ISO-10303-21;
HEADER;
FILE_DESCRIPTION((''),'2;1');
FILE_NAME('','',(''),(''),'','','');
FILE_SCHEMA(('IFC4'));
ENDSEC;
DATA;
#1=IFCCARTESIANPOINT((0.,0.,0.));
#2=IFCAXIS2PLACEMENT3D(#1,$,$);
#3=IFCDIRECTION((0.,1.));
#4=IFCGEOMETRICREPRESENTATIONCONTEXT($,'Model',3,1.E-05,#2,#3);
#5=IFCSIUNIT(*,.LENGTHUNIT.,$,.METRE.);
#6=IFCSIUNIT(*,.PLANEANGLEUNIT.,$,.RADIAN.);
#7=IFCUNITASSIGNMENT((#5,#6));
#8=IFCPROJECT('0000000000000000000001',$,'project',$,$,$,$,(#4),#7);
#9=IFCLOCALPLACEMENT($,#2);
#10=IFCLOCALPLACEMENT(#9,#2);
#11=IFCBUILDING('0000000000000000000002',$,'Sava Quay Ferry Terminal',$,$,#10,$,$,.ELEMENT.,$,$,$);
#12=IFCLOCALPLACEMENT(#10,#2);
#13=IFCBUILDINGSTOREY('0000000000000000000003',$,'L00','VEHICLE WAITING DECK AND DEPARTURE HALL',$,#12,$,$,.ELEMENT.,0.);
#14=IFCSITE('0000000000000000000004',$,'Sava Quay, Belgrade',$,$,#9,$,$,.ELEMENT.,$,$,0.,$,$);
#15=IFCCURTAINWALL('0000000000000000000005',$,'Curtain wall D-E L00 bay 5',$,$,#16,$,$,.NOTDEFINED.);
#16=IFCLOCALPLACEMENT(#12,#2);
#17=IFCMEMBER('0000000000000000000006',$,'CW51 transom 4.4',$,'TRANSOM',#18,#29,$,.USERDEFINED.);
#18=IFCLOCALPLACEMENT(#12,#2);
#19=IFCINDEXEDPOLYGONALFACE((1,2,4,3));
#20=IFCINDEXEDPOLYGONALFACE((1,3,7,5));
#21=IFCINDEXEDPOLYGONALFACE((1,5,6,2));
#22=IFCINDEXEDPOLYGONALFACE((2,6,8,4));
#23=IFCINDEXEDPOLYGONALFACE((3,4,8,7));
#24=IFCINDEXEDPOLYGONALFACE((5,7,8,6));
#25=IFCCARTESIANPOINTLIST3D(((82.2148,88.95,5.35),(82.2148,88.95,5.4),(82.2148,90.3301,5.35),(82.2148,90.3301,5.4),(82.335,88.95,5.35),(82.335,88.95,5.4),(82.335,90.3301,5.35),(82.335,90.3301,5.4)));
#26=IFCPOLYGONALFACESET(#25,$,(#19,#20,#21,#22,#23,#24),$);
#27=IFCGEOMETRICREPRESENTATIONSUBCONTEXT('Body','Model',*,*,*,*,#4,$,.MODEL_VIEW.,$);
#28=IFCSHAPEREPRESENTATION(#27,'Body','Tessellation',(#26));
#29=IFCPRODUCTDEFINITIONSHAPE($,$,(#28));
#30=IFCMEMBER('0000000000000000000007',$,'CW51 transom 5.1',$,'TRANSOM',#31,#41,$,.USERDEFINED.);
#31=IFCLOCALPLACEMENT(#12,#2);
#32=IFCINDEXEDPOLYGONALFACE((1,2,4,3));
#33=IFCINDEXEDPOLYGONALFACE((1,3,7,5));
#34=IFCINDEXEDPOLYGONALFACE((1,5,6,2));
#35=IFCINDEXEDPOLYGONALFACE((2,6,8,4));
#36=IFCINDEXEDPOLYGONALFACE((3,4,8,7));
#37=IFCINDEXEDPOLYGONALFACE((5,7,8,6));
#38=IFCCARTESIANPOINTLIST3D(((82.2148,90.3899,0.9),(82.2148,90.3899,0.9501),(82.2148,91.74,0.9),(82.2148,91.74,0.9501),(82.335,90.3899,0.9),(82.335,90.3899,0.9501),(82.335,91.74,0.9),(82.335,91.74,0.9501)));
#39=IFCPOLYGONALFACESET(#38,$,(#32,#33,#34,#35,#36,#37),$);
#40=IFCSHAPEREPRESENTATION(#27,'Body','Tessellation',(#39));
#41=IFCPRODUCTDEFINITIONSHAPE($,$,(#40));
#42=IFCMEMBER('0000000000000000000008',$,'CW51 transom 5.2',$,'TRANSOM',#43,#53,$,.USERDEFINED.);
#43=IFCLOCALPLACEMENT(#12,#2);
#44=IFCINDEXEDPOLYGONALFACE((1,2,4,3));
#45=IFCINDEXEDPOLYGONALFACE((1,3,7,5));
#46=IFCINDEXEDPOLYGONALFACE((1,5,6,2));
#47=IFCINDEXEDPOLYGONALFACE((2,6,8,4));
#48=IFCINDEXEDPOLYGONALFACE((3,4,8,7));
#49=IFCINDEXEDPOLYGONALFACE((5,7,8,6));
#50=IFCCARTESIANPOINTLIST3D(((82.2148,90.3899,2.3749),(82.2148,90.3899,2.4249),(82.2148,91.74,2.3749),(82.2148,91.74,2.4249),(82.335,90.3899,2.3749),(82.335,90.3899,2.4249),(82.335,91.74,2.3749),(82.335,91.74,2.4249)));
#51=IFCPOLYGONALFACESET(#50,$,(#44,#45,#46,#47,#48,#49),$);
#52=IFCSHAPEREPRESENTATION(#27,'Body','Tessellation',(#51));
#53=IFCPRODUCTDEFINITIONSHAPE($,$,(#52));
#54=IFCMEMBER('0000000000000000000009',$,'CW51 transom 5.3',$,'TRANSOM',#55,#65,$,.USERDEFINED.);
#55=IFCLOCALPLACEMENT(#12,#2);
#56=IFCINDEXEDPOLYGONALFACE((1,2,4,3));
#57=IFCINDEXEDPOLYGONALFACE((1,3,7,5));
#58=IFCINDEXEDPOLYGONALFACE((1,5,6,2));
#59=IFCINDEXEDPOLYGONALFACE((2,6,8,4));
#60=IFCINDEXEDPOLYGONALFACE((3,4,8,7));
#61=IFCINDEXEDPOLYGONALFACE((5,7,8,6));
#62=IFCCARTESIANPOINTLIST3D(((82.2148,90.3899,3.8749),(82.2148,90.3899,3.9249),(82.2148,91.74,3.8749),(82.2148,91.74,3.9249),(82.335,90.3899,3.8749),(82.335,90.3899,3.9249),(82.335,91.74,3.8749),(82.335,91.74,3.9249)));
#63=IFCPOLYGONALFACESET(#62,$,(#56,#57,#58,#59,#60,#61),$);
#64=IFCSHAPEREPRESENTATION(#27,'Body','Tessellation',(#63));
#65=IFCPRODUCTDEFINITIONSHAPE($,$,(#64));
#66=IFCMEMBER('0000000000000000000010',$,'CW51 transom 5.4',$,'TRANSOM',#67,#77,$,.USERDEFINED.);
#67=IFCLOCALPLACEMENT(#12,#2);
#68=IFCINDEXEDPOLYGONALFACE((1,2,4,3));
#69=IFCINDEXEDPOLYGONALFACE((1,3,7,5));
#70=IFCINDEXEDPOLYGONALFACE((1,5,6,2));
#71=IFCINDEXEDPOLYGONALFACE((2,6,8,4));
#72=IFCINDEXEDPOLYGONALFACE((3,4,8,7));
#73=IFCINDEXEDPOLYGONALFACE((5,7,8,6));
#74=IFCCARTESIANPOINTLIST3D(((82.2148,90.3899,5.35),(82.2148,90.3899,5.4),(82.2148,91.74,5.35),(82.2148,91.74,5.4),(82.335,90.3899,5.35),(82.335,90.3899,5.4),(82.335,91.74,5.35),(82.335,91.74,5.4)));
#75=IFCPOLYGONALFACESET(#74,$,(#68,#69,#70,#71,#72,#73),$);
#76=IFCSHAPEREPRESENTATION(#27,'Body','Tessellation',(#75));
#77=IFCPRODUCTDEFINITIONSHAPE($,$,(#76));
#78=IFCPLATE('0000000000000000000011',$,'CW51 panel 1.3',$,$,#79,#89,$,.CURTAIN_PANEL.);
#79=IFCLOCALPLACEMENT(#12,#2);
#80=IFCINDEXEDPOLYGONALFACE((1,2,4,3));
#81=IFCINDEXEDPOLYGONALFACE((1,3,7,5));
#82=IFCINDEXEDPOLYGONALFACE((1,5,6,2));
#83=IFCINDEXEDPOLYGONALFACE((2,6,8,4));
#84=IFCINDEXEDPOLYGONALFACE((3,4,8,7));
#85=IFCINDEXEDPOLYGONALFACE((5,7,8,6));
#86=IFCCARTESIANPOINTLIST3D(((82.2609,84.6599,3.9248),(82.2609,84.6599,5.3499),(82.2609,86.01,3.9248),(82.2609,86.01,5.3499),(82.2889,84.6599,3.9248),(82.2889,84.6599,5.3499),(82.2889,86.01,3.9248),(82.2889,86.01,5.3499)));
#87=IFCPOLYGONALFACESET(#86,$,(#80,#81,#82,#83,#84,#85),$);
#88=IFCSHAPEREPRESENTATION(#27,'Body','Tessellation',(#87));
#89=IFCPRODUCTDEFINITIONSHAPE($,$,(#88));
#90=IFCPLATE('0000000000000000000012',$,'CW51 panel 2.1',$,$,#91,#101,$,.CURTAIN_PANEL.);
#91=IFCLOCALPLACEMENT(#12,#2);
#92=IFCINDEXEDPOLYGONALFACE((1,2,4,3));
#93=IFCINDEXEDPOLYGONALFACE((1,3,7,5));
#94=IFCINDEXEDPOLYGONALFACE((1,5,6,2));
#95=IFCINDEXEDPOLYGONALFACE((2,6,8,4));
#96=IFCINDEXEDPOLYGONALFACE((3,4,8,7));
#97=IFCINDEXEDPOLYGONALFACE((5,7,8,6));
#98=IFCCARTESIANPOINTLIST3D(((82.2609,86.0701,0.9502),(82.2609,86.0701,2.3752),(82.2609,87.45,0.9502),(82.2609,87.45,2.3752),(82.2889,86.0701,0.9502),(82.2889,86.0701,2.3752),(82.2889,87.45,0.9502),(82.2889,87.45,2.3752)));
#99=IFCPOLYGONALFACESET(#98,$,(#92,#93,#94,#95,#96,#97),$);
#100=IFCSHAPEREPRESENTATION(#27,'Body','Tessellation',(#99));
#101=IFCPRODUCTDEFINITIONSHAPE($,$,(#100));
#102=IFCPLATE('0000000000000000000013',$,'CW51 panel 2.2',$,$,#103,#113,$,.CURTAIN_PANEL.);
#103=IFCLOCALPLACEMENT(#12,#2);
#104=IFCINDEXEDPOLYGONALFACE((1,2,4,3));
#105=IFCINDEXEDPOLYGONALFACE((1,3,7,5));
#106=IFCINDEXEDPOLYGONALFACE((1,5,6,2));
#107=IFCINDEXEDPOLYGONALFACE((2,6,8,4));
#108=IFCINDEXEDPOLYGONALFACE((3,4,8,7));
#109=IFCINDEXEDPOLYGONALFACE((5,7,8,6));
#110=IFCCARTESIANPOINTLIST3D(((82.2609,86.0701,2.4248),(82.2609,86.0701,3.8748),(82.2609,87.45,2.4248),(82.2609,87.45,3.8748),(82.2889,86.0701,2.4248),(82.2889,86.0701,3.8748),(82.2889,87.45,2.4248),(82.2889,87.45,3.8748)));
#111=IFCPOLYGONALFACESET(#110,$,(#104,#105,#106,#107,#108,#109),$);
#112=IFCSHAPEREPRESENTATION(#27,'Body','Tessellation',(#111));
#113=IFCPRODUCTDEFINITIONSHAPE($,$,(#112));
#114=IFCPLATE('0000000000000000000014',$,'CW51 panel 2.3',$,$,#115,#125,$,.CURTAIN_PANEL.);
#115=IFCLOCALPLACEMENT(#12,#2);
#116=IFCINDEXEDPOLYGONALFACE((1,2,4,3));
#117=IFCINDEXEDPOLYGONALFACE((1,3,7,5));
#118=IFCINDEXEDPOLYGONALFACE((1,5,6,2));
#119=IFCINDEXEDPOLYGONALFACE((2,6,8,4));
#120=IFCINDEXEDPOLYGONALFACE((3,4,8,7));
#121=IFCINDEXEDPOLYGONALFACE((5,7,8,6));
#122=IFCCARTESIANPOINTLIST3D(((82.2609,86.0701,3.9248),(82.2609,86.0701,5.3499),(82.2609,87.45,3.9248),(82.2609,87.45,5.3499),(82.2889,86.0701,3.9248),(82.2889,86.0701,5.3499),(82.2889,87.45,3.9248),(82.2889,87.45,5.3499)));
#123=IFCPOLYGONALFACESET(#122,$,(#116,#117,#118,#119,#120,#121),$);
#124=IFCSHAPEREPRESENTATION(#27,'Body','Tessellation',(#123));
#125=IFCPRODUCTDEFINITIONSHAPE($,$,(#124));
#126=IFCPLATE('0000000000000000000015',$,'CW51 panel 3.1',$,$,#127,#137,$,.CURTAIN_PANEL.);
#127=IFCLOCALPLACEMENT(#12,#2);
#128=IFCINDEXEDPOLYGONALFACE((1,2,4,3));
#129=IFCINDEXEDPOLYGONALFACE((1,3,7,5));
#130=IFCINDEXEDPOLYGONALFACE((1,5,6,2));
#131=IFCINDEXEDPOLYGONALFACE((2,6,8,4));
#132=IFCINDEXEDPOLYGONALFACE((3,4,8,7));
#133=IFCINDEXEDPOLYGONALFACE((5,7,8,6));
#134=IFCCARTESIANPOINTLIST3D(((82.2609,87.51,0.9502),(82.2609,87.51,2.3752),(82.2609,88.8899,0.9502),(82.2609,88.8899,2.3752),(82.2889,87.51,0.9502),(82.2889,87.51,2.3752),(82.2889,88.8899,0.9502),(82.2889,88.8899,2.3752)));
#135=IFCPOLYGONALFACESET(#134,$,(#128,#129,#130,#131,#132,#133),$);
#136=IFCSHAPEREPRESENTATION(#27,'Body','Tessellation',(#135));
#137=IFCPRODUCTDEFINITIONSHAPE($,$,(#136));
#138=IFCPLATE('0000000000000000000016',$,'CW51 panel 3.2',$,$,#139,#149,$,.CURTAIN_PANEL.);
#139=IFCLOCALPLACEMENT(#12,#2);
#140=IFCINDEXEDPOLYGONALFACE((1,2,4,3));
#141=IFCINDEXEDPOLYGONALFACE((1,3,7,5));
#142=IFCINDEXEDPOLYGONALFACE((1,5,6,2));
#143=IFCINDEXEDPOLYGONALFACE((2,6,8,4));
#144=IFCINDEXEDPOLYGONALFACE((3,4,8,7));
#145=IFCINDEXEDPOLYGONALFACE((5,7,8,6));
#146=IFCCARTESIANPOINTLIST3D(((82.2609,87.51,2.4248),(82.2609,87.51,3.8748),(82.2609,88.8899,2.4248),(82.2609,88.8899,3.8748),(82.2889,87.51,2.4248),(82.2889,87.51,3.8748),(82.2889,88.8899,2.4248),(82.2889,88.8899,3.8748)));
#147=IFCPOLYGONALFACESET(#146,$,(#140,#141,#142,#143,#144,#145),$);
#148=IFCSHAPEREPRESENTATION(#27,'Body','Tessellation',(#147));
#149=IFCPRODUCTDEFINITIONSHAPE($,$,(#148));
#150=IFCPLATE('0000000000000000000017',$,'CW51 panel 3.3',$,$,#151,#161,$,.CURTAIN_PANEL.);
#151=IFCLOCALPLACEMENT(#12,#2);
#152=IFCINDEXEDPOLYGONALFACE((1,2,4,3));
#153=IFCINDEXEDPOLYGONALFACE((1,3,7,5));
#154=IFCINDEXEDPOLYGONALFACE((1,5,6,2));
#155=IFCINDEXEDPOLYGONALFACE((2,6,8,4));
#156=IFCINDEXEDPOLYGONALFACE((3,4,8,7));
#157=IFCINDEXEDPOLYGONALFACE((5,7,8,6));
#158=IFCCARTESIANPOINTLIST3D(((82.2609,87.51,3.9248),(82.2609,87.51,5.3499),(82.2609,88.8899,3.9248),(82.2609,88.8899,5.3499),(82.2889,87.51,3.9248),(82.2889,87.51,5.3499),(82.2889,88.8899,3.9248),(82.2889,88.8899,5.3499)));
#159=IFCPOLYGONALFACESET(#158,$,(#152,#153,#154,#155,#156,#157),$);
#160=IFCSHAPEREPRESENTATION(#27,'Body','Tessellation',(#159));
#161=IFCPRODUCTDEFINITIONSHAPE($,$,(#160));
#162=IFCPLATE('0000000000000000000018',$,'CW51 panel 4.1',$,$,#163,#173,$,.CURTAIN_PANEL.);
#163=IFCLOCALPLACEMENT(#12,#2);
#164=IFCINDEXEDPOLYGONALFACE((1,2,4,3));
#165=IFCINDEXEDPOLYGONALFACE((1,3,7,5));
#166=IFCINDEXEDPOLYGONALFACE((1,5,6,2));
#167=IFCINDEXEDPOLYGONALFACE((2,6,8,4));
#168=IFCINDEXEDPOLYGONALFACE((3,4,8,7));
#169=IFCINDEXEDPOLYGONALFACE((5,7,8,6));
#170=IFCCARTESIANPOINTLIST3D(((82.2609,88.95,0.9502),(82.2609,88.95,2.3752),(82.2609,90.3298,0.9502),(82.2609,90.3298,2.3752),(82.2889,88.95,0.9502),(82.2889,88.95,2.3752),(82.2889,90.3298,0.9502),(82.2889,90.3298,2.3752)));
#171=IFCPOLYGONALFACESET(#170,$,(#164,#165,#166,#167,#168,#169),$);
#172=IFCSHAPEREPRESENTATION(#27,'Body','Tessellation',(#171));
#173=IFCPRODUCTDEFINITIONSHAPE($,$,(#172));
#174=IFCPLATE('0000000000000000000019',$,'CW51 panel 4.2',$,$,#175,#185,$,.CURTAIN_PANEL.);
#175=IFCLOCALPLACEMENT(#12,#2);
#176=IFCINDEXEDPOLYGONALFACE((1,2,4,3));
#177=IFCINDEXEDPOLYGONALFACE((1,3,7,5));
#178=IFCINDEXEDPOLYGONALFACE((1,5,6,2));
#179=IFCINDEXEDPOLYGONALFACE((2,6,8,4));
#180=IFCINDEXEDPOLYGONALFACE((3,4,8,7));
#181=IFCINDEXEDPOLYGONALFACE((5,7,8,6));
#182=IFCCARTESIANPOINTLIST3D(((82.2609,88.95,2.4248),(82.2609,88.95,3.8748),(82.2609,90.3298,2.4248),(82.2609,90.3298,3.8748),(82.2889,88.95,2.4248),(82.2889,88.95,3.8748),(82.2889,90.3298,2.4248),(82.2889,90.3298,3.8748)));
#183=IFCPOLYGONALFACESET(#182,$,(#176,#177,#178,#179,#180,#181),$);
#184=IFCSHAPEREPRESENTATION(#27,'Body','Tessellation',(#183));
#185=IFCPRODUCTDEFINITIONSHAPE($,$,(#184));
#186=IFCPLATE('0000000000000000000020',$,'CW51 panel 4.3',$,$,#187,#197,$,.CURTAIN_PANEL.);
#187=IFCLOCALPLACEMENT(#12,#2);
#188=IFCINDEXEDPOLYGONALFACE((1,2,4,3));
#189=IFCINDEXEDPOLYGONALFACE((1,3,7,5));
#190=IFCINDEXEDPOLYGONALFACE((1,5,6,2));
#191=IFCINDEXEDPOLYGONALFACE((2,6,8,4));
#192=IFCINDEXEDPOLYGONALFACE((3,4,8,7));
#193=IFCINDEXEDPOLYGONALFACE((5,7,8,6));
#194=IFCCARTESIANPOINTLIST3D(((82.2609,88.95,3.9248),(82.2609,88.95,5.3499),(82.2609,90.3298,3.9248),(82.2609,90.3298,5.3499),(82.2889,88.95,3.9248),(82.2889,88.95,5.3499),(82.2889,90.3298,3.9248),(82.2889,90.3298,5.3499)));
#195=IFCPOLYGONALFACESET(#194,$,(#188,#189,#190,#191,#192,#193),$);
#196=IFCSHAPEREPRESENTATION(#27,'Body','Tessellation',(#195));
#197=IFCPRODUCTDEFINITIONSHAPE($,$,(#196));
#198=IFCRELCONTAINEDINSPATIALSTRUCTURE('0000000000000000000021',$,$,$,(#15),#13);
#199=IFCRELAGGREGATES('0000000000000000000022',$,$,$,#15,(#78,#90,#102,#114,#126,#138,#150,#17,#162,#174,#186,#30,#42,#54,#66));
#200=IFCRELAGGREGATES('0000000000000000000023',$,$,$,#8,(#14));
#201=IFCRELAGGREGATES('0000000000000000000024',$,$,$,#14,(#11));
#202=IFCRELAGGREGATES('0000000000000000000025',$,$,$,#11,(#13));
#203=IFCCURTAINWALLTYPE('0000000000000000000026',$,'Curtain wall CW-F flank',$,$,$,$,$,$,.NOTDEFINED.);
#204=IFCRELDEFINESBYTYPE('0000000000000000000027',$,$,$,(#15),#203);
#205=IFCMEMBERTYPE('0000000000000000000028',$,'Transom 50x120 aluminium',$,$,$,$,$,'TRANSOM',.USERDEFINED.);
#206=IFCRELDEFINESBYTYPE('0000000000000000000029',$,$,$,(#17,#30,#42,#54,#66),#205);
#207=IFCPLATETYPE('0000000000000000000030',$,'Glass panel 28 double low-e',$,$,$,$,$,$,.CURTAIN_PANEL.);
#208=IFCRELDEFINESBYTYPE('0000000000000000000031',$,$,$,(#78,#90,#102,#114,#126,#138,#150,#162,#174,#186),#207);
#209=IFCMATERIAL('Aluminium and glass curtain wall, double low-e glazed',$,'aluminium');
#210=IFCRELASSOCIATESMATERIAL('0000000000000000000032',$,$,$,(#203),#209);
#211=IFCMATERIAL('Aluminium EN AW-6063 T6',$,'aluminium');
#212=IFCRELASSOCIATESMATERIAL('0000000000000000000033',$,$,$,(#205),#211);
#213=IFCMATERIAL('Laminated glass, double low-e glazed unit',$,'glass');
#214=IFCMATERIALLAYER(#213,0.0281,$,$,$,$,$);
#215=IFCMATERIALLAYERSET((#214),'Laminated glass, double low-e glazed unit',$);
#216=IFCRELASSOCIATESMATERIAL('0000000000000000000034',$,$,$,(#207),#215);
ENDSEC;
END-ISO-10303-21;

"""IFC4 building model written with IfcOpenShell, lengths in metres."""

from ifc_helpers import new_model, si_unit, direction, frame, origin, origin_2d, place, context, subcontext, project, spatial, rectangle, extrude, material, layer, layer_set, material_profile, profile_set, type_object, element, aggregate, save


model = new_model("IFC4")

# Units and contexts
model_context = context("Model", 3, precision=1e-05, world=origin(), true_north=direction((0.0, 1.0)))
body_context = subcontext(model_context, "Body", "Model", "MODEL_VIEW")
ifc_project = project(units=[si_unit("LENGTHUNIT", "METRE"), si_unit("PLANEANGLEUNIT", "RADIAN")], contexts=[model_context])

# Site, building, storey
site_placement = place(None, origin())
site = spatial("IfcSite", under=ifc_project, at=site_placement, Name="Sava Quay, Belgrade", CompositionType="ELEMENT", RefElevation=0.0)
building_placement = place(site_placement, origin())
building = spatial("IfcBuilding", under=site, at=building_placement, Name="Sava Quay Ferry Terminal", CompositionType="ELEMENT")
storey_placement = place(building_placement, origin())
storey = spatial("IfcBuildingStorey", under=building, at=storey_placement, Name="L00", Description="VEHICLE WAITING DECK AND DEPARTURE HALL", CompositionType="ELEMENT", Elevation=0.0)

# Curtain wall, members, plates
ifc_material_1 = material(Name="Aluminium and glass curtain wall, double low-e glazed", Category="aluminium")
curtain_wall_type = type_object("IfcCurtainWallType", Name="Curtain wall CW-F flank", PredefinedType="NOTDEFINED", material=ifc_material_1)
curtain_wall_placement = place(storey_placement, origin())
curtain_wall = element("IfcCurtainWall", 1, at=curtain_wall_placement, inside=storey, type_object=curtain_wall_type, Name="Curtain wall D-E L00 bay 5", PredefinedType="NOTDEFINED")
ifc_material_2 = material(Name="Aluminium EN AW-6063 T6", Category="aluminium")
ifc_material_profile_1 = material_profile(ifc_material_2, rectangle(XDim=0.1201, YDim=0.05, at=origin_2d()), Name="Transom 50x120 aluminium")
ifc_profile_set_1 = profile_set([ifc_material_profile_1], Name="Aluminium EN AW-6063 T6")
member_type_1 = type_object("IfcMemberType", Name="Transom 50x120 aluminium", ElementType="TRANSOM", PredefinedType="USERDEFINED", material=ifc_profile_set_1)
member_1_placement = place(storey_placement, frame((82.2749, 88.95, 5.375), z_axis=(0.0, 1.0, 0.0), x_axis=(-1.0, 0.0, 0.0)))
member_1 = element("IfcMember", 2, at=member_1_placement, type_object=member_type_1, Name="CW51 transom 4.4", ObjectType="TRANSOM", PredefinedType="USERDEFINED", context=body_context, shape_type="SweptSolid", body=[
    extrude(rectangle(XDim=0.1201, YDim=0.05, at=origin_2d()), origin(), (0.0, 0.0, 1.0), 1.3801),
])
member_2_placement = place(storey_placement, frame((82.2749, 90.3899, 0.925), z_axis=(0.0, 1.0, 0.0), x_axis=(-1.0, 0.0, 0.0)))
member_2 = element("IfcMember", 3, at=member_2_placement, type_object=member_type_1, Name="CW51 transom 5.1", ObjectType="TRANSOM", PredefinedType="USERDEFINED", context=body_context, shape_type="SweptSolid", body=[
    extrude(rectangle(XDim=0.1201, YDim=0.05, at=origin_2d()), origin(), (0.0, 0.0, 1.0), 1.3501),
])
member_3_placement = place(storey_placement, frame((82.2749, 90.3899, 2.3999), z_axis=(0.0, 1.0, 0.0), x_axis=(-1.0, 0.0, 0.0)))
member_3 = element("IfcMember", 4, at=member_3_placement, type_object=member_type_1, Name="CW51 transom 5.2", ObjectType="TRANSOM", PredefinedType="USERDEFINED", context=body_context, shape_type="SweptSolid", body=[
    extrude(rectangle(XDim=0.1201, YDim=0.05, at=origin_2d()), origin(), (0.0, 0.0, 1.0), 1.3501),
])
member_4_placement = place(storey_placement, frame((82.2749, 90.3899, 3.8999), z_axis=(0.0, 1.0, 0.0), x_axis=(-1.0, 0.0, 0.0)))
member_4 = element("IfcMember", 5, at=member_4_placement, type_object=member_type_1, Name="CW51 transom 5.3", ObjectType="TRANSOM", PredefinedType="USERDEFINED", context=body_context, shape_type="SweptSolid", body=[
    extrude(rectangle(XDim=0.1201, YDim=0.05, at=origin_2d()), origin(), (0.0, 0.0, 1.0), 1.3501),
])
member_5_placement = place(storey_placement, frame((82.2749, 90.3899, 5.375), z_axis=(0.0, 1.0, 0.0), x_axis=(-1.0, 0.0, 0.0)))
member_5 = element("IfcMember", 6, at=member_5_placement, type_object=member_type_1, Name="CW51 transom 5.4", ObjectType="TRANSOM", PredefinedType="USERDEFINED", context=body_context, shape_type="SweptSolid", body=[
    extrude(rectangle(XDim=0.1201, YDim=0.05, at=origin_2d()), origin(), (0.0, 0.0, 1.0), 1.3501),
])
ifc_material_3 = material(Name="Laminated glass, double low-e glazed unit", Category="glass")
ifc_layer = layer(ifc_material_3, 0.0281)
ifc_layer_set = layer_set([ifc_layer], Name="Laminated glass, double low-e glazed unit")
plate_type = type_object("IfcPlateType", Name="Glass panel 28 double low-e", PredefinedType="CURTAIN_PANEL", material=ifc_layer_set)
plate_1_placement = place(storey_placement, frame((82.2749, 85.335, 3.9248), z_axis=(0.0, 0.0, 1.0), x_axis=(0.0, 1.0, 0.0)))
plate_1 = element("IfcPlate", 7, at=plate_1_placement, type_object=plate_type, Name="CW51 panel 1.3", PredefinedType="CURTAIN_PANEL", context=body_context, shape_type="SweptSolid", body=[
    extrude(rectangle(XDim=1.3501, YDim=0.0281, at=origin_2d()), origin(), (0.0, 0.0, 1.0), 1.425),
])
plate_2_placement = place(storey_placement, frame((82.2749, 86.76, 0.9502), z_axis=(0.0, 0.0, 1.0), x_axis=(0.0, 1.0, 0.0)))
plate_2 = element("IfcPlate", 8, at=plate_2_placement, type_object=plate_type, Name="CW51 panel 2.1", PredefinedType="CURTAIN_PANEL", context=body_context, shape_type="SweptSolid", body=[
    extrude(rectangle(XDim=1.3799, YDim=0.0281, at=origin_2d()), origin(), (0.0, 0.0, 1.0), 1.425),
])
plate_3_placement = place(storey_placement, frame((82.2749, 86.76, 2.4248), z_axis=(0.0, 0.0, 1.0), x_axis=(0.0, 1.0, 0.0)))
plate_3 = element("IfcPlate", 9, at=plate_3_placement, type_object=plate_type, Name="CW51 panel 2.2", PredefinedType="CURTAIN_PANEL", context=body_context, shape_type="SweptSolid", body=[
    extrude(rectangle(XDim=1.3799, YDim=0.0281, at=origin_2d()), origin(), (0.0, 0.0, 1.0), 1.45),
])
plate_4_placement = place(storey_placement, frame((82.2749, 86.76, 3.9248), z_axis=(0.0, 0.0, 1.0), x_axis=(0.0, 1.0, 0.0)))
plate_4 = element("IfcPlate", 10, at=plate_4_placement, type_object=plate_type, Name="CW51 panel 2.3", PredefinedType="CURTAIN_PANEL", context=body_context, shape_type="SweptSolid", body=[
    extrude(rectangle(XDim=1.3799, YDim=0.0281, at=origin_2d()), origin(), (0.0, 0.0, 1.0), 1.425),
])
plate_5_placement = place(storey_placement, frame((82.2749, 88.2, 0.9502), z_axis=(0.0, 0.0, 1.0), x_axis=(0.0, 1.0, 0.0)))
plate_5 = element("IfcPlate", 11, at=plate_5_placement, type_object=plate_type, Name="CW51 panel 3.1", PredefinedType="CURTAIN_PANEL", context=body_context, shape_type="SweptSolid", body=[
    extrude(rectangle(XDim=1.3799, YDim=0.0281, at=origin_2d()), origin(), (0.0, 0.0, 1.0), 1.425),
])
plate_6_placement = place(storey_placement, frame((82.2749, 88.2, 2.4248), z_axis=(0.0, 0.0, 1.0), x_axis=(0.0, 1.0, 0.0)))
plate_6 = element("IfcPlate", 12, at=plate_6_placement, type_object=plate_type, Name="CW51 panel 3.2", PredefinedType="CURTAIN_PANEL", context=body_context, shape_type="SweptSolid", body=[
    extrude(rectangle(XDim=1.3799, YDim=0.0281, at=origin_2d()), origin(), (0.0, 0.0, 1.0), 1.45),
])
plate_7_placement = place(storey_placement, frame((82.2749, 88.2, 3.9248), z_axis=(0.0, 0.0, 1.0), x_axis=(0.0, 1.0, 0.0)))
plate_7 = element("IfcPlate", 13, at=plate_7_placement, type_object=plate_type, Name="CW51 panel 3.3", PredefinedType="CURTAIN_PANEL", context=body_context, shape_type="SweptSolid", body=[
    extrude(rectangle(XDim=1.3799, YDim=0.0281, at=origin_2d()), origin(), (0.0, 0.0, 1.0), 1.425),
])
plate_8_placement = place(storey_placement, frame((82.2749, 89.6399, 0.9502), z_axis=(0.0, 0.0, 1.0), x_axis=(0.0, 1.0, 0.0)))
plate_8 = element("IfcPlate", 14, at=plate_8_placement, type_object=plate_type, Name="CW51 panel 4.1", PredefinedType="CURTAIN_PANEL", context=body_context, shape_type="SweptSolid", body=[
    extrude(rectangle(XDim=1.3799, YDim=0.0281, at=origin_2d()), origin(), (0.0, 0.0, 1.0), 1.425),
])
plate_9_placement = place(storey_placement, frame((82.2749, 89.6399, 2.4248), z_axis=(0.0, 0.0, 1.0), x_axis=(0.0, 1.0, 0.0)))
plate_9 = element("IfcPlate", 15, at=plate_9_placement, type_object=plate_type, Name="CW51 panel 4.2", PredefinedType="CURTAIN_PANEL", context=body_context, shape_type="SweptSolid", body=[
    extrude(rectangle(XDim=1.3799, YDim=0.0281, at=origin_2d()), origin(), (0.0, 0.0, 1.0), 1.45),
])
plate_10_placement = place(storey_placement, frame((82.2749, 89.6399, 3.9248), z_axis=(0.0, 0.0, 1.0), x_axis=(0.0, 1.0, 0.0)))
plate_10 = element("IfcPlate", 16, at=plate_10_placement, type_object=plate_type, Name="CW51 panel 4.3", PredefinedType="CURTAIN_PANEL", context=body_context, shape_type="SweptSolid", body=[
    extrude(rectangle(XDim=1.3799, YDim=0.0281, at=origin_2d()), origin(), (0.0, 0.0, 1.0), 1.425),
])
aggregate(curtain_wall, [plate_1, plate_2, plate_3, plate_4, plate_5, plate_6, plate_7, member_1, plate_8, plate_9, plate_10, member_2, member_3, member_4, member_5])

save(model, "model.ifc")
